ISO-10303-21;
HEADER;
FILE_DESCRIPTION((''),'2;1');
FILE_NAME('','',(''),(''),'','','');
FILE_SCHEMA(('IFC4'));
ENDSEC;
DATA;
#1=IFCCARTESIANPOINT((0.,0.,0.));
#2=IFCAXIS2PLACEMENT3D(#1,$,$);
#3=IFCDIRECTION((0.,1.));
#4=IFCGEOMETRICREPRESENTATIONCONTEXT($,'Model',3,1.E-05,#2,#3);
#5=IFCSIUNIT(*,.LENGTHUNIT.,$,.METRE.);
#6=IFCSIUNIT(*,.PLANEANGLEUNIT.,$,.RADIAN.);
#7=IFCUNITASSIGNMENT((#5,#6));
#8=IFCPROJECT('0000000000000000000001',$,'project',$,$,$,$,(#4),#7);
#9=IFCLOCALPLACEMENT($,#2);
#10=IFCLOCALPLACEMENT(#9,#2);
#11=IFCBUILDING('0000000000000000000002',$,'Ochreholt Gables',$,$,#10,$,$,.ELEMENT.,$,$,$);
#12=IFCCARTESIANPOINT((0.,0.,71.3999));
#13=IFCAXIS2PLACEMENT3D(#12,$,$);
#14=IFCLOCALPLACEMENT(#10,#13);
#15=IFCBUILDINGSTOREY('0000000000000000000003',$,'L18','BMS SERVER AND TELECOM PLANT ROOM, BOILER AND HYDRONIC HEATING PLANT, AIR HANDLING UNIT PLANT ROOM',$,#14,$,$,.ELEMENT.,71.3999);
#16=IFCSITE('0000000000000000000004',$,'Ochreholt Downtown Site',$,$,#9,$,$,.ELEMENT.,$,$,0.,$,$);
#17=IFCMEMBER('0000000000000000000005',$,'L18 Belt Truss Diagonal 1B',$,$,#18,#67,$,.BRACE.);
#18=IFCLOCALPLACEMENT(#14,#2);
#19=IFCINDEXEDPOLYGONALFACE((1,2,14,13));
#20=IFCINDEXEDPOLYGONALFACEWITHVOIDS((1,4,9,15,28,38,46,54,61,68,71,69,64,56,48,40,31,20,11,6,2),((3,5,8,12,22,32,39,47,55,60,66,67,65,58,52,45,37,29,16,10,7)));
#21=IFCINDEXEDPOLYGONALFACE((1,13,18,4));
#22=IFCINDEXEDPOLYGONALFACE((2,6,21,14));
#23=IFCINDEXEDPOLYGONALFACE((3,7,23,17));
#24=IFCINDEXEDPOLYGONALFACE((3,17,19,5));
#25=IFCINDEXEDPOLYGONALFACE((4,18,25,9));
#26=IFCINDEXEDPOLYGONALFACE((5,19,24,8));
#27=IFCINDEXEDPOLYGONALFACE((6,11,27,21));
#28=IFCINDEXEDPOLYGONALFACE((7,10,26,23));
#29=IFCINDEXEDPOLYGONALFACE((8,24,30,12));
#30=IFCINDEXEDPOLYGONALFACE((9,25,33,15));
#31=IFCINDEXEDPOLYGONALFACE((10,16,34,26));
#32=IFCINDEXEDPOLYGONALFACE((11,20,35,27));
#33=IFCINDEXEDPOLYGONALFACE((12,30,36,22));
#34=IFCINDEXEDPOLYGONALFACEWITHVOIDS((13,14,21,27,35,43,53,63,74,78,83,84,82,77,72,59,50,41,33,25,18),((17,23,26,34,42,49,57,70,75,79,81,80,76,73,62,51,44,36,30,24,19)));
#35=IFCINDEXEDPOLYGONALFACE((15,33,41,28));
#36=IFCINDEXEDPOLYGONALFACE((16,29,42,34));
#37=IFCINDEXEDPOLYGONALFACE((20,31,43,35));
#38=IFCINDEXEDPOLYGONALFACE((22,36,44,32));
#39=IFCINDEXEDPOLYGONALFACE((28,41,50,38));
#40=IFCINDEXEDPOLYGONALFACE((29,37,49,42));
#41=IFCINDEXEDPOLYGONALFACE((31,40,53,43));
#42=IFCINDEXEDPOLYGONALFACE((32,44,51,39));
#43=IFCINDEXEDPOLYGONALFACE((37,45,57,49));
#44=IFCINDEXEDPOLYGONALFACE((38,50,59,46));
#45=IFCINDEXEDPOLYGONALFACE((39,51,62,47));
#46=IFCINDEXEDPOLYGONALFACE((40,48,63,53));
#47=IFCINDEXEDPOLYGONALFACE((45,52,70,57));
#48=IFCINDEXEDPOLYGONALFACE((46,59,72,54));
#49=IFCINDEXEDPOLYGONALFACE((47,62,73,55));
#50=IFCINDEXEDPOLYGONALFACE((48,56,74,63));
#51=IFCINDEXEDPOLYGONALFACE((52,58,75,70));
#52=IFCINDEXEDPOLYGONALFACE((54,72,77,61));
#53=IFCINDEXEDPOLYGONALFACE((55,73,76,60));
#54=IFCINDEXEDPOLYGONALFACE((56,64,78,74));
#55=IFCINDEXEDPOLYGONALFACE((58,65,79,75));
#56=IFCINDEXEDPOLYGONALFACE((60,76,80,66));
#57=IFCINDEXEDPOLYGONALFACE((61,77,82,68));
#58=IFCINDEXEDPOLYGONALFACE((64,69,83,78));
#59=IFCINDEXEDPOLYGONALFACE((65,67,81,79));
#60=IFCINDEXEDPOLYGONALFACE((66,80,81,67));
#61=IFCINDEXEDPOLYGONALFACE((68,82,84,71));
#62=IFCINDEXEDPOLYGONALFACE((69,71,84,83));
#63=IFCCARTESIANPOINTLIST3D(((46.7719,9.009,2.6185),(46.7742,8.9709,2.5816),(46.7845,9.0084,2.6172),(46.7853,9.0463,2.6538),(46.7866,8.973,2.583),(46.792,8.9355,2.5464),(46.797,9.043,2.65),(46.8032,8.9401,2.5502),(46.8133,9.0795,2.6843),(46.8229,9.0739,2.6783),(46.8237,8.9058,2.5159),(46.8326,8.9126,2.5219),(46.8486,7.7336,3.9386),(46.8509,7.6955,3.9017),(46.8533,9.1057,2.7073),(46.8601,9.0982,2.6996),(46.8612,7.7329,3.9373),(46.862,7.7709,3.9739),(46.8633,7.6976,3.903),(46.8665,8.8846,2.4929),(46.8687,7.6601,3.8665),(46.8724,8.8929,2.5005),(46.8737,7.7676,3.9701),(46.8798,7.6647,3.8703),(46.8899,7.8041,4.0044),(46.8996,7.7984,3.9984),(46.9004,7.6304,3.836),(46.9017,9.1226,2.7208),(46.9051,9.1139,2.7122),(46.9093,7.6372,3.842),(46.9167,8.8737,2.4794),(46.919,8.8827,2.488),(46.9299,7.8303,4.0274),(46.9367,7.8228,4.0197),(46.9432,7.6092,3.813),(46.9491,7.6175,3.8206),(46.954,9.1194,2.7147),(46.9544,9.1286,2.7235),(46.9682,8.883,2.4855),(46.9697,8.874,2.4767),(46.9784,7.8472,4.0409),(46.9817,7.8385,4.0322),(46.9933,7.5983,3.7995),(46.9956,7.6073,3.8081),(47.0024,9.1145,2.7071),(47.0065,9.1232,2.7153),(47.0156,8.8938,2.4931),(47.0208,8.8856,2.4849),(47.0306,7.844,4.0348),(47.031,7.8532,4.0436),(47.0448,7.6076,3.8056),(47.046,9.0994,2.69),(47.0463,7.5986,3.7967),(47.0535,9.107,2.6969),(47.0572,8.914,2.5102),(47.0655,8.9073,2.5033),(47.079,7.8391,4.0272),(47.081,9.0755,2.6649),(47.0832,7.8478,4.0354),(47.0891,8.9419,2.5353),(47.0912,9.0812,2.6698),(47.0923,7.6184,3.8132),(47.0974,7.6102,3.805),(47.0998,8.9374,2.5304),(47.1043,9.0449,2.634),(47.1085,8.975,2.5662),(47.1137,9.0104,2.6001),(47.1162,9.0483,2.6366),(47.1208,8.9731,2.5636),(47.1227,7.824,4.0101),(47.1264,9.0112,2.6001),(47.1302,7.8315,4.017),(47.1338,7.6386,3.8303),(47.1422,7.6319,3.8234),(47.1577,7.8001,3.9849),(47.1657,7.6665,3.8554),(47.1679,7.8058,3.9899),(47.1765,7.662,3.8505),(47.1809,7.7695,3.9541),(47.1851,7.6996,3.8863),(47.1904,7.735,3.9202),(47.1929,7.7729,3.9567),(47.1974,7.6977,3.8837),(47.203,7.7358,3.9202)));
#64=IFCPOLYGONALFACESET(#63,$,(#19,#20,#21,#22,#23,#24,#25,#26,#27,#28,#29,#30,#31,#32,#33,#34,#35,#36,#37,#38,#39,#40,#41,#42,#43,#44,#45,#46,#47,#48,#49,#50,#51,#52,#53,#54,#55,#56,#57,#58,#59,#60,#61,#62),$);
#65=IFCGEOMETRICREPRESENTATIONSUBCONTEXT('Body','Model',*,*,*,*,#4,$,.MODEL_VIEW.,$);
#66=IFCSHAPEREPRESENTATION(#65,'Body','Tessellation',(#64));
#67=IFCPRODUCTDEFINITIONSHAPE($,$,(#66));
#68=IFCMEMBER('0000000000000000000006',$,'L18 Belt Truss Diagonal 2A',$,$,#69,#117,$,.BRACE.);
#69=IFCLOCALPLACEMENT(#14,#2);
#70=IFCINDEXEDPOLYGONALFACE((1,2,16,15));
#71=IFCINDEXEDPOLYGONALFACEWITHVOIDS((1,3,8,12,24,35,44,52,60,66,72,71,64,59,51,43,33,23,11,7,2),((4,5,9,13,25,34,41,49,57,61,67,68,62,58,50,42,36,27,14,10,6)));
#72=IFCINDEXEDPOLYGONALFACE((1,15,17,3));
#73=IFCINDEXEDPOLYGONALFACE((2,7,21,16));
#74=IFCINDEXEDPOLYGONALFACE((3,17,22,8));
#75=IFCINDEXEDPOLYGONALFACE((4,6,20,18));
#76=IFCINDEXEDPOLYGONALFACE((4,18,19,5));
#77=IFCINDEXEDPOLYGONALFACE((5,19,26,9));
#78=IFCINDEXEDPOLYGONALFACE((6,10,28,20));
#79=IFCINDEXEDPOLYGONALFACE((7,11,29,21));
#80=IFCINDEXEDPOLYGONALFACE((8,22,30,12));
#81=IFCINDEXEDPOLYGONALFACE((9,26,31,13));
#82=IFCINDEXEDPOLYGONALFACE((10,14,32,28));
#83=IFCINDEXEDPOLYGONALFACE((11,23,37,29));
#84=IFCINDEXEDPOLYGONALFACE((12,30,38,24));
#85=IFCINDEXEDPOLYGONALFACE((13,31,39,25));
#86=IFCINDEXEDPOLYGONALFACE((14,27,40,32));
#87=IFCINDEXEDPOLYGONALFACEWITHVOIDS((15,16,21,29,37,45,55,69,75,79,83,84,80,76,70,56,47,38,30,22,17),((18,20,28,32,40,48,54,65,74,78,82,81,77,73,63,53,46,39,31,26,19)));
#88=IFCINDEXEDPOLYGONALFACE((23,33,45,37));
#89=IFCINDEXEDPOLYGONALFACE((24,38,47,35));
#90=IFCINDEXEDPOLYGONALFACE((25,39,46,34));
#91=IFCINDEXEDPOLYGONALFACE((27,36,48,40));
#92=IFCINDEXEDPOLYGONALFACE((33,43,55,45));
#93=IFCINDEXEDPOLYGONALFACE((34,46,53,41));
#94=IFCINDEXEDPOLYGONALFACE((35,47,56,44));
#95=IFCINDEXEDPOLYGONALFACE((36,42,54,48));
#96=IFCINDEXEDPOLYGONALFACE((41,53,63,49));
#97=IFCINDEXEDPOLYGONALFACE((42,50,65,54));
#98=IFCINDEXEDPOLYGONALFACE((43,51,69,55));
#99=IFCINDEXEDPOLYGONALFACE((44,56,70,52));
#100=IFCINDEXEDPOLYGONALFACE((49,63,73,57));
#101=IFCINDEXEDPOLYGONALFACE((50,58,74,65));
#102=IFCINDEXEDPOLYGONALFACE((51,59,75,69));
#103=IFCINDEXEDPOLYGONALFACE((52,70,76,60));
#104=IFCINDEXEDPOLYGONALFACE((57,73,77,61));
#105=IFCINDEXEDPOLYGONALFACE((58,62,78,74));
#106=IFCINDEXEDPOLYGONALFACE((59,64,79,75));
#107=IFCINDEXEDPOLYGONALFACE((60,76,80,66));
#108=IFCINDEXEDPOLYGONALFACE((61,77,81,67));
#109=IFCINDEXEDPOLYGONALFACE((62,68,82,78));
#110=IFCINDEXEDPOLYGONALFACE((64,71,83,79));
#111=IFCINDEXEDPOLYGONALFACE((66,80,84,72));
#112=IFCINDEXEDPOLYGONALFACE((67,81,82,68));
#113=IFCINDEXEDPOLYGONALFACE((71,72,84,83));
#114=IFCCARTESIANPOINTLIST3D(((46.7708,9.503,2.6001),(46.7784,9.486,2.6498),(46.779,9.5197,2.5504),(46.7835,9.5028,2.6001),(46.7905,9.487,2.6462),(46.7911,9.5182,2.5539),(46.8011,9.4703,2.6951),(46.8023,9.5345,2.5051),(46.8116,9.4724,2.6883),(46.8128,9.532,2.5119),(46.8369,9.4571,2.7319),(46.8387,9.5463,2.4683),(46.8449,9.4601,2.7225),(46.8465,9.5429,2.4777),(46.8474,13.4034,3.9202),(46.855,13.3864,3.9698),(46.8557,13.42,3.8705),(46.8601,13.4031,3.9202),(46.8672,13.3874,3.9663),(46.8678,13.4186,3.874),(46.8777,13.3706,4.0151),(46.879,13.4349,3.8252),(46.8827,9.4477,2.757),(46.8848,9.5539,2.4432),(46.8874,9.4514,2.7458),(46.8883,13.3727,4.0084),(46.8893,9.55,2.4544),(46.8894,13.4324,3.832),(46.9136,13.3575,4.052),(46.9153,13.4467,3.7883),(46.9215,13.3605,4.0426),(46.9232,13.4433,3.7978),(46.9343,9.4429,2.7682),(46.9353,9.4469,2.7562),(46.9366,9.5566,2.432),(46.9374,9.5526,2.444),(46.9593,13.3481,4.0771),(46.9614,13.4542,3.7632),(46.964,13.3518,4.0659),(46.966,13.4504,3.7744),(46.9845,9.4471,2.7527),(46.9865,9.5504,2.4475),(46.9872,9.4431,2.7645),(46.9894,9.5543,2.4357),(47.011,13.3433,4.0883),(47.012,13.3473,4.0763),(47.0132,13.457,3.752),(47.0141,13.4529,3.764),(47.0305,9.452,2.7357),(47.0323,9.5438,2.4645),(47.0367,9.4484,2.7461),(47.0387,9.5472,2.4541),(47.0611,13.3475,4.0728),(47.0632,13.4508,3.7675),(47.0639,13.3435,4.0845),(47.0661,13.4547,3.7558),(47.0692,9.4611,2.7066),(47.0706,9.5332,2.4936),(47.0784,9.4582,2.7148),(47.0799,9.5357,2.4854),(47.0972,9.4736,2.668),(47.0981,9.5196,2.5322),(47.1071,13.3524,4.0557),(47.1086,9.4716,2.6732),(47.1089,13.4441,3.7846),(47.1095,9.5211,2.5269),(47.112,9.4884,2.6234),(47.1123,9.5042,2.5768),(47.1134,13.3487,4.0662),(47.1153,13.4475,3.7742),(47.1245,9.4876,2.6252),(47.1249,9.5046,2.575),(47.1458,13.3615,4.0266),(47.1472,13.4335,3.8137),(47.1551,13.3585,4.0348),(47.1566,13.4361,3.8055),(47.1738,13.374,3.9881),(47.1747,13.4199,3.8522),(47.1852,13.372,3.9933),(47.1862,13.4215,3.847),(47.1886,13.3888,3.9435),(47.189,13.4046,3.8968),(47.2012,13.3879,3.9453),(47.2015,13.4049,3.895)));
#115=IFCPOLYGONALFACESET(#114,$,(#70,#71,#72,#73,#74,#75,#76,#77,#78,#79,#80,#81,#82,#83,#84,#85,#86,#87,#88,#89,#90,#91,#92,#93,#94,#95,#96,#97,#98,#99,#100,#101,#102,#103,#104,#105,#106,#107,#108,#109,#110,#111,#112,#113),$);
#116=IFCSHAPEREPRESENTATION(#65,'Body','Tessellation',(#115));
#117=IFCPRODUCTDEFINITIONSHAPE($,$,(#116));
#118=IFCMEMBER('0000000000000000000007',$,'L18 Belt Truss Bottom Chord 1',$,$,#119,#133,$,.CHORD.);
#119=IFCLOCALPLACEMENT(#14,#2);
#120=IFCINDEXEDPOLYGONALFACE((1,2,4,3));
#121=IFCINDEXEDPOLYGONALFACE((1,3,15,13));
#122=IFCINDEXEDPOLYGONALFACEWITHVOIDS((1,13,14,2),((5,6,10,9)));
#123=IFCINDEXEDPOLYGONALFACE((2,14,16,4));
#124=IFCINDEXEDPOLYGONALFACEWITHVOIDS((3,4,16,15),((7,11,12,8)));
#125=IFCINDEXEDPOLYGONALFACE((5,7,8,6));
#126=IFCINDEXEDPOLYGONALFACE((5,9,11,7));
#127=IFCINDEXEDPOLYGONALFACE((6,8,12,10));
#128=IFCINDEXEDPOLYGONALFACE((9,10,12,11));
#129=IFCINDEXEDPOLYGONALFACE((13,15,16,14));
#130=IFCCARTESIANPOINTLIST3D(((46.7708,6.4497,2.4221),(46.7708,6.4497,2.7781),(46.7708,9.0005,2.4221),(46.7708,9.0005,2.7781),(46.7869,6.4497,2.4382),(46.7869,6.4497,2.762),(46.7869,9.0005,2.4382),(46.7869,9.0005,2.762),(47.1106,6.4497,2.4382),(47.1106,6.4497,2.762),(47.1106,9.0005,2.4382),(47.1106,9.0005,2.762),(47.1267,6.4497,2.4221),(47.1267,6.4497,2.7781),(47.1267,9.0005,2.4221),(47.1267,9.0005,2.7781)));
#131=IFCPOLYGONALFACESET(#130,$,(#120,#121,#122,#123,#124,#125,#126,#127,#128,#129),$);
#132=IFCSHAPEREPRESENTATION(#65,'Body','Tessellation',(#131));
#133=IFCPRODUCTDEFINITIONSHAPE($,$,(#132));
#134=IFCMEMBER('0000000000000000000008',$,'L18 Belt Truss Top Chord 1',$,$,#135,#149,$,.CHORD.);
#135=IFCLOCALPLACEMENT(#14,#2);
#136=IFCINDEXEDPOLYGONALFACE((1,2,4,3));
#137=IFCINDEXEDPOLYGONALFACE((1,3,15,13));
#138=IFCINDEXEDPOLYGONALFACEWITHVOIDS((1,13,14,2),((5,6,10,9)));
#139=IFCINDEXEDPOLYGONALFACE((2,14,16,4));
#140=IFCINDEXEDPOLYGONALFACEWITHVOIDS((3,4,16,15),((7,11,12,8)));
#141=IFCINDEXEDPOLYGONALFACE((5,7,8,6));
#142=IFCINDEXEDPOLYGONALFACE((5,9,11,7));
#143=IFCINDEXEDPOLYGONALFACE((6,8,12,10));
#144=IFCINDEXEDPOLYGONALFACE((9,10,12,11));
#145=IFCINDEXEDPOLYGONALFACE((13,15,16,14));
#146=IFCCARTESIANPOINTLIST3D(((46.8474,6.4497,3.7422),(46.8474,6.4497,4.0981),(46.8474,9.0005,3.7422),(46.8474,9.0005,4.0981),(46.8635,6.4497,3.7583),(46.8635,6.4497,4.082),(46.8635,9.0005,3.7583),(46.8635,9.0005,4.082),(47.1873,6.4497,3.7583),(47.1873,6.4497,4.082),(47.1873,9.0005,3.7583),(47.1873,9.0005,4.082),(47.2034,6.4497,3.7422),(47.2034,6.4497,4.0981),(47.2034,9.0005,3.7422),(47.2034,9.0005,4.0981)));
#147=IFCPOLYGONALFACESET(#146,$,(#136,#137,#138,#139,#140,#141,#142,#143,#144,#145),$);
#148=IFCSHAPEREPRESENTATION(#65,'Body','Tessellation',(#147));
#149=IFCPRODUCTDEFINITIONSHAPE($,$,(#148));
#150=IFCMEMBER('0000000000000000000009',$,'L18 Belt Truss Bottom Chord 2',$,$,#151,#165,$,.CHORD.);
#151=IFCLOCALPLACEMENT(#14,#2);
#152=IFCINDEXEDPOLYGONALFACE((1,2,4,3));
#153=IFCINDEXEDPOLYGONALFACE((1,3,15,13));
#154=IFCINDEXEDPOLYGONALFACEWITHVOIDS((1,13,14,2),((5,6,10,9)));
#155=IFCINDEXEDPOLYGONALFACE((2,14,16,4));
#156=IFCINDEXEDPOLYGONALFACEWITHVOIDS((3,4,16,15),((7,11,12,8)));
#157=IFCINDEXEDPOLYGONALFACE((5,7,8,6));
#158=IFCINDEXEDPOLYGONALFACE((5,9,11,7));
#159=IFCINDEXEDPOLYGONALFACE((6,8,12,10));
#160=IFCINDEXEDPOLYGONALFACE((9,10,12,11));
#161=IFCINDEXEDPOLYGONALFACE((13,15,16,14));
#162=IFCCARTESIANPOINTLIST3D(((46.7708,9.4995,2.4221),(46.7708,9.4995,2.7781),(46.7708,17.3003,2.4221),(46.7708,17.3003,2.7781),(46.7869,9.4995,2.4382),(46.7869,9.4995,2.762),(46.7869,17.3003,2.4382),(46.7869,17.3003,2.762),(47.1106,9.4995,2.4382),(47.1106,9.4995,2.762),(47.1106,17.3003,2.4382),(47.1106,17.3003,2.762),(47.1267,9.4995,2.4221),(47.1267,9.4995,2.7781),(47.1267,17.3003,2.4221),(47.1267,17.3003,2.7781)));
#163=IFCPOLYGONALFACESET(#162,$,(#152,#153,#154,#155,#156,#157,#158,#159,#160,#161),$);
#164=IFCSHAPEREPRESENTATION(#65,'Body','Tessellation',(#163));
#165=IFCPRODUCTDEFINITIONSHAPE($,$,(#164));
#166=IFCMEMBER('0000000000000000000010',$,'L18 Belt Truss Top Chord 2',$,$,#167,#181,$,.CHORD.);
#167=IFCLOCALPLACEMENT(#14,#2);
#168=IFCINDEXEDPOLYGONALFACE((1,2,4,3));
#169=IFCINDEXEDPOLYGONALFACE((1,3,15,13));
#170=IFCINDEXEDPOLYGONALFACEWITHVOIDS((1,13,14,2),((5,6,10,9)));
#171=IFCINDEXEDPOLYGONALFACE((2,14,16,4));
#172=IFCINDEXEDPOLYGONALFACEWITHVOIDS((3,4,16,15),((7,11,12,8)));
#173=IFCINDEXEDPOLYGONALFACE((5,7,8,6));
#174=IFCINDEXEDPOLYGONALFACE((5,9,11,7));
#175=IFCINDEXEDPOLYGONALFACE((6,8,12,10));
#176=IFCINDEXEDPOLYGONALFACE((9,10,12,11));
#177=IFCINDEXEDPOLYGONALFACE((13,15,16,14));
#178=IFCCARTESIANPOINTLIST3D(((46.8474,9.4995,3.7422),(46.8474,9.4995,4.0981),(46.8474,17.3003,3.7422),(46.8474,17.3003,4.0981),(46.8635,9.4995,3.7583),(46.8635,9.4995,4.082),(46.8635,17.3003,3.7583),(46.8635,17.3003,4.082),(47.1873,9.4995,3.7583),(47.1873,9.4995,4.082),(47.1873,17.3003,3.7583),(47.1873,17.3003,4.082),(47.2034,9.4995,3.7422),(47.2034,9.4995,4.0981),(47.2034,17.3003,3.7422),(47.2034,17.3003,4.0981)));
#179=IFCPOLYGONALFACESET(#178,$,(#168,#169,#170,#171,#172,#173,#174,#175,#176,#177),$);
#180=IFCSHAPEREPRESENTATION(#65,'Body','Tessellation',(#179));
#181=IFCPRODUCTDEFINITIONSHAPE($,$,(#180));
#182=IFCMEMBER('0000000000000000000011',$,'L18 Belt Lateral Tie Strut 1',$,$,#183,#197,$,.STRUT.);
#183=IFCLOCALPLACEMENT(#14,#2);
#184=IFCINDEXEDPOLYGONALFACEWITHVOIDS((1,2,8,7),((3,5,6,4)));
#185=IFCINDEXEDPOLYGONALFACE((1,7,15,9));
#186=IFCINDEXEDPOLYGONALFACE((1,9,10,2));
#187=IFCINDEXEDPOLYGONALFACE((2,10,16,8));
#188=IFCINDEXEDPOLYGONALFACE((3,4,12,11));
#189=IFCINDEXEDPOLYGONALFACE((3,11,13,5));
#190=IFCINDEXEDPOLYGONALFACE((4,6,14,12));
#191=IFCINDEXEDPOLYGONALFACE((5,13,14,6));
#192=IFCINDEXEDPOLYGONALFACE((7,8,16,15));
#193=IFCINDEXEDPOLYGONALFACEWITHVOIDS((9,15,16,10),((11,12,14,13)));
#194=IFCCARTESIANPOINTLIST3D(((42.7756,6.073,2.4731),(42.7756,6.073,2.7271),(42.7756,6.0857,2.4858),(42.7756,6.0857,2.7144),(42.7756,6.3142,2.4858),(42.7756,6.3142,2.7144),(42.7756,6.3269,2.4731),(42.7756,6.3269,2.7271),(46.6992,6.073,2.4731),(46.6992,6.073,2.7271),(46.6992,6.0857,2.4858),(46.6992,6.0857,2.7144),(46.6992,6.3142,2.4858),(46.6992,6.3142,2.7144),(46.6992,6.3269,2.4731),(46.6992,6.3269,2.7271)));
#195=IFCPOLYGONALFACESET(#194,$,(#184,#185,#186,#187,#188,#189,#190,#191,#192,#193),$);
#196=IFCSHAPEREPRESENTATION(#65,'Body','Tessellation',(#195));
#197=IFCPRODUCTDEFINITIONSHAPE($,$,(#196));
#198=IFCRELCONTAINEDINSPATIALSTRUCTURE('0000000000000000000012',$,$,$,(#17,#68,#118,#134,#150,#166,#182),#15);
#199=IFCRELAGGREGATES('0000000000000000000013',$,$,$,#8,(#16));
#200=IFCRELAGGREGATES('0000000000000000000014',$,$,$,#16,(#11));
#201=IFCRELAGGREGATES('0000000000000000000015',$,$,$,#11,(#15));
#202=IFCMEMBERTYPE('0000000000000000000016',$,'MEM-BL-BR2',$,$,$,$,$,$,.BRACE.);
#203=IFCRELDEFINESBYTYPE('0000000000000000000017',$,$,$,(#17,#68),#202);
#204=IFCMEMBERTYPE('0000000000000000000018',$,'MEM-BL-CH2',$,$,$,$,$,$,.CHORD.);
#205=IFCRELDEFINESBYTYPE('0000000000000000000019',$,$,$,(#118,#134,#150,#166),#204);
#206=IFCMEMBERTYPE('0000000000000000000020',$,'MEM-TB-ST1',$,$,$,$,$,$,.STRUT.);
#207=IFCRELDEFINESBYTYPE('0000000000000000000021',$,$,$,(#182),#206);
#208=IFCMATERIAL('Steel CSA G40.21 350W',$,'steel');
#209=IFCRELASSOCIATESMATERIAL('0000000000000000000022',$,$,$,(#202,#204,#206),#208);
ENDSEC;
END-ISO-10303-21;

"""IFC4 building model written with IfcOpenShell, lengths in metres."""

from ifc_helpers import new_model, si_unit, direction, frame, origin, origin_2d, place, context, subcontext, project, spatial, hollow_rectangle, hollow_circle, extrude, material, material_profile, profile_set, type_object, element, save


model = new_model("IFC4")

# Units and contexts
model_context = context("Model", 3, precision=1e-05, world=origin(), true_north=direction((0.0, 1.0)))
body_context = subcontext(model_context, "Body", "Model", "MODEL_VIEW")
ifc_project = project(units=[si_unit("LENGTHUNIT", "METRE"), si_unit("PLANEANGLEUNIT", "RADIAN")], contexts=[model_context])

# Site, building, storey
site_placement = place(None, origin())
site = spatial("IfcSite", under=ifc_project, at=site_placement, Name="Ochreholt Downtown Site", CompositionType="ELEMENT", RefElevation=0.0)
building_placement = place(site_placement, origin())
building = spatial("IfcBuilding", under=site, at=building_placement, Name="Ochreholt Gables", CompositionType="ELEMENT")
storey_placement = place(building_placement, frame((0.0, 0.0, 71.3999)))
storey = spatial("IfcBuildingStorey", under=building, at=storey_placement, Name="L18", Description="BMS SERVER AND TELECOM PLANT ROOM, BOILER AND HYDRONIC HEATING PLANT, AIR HANDLING UNIT PLANT ROOM", CompositionType="ELEMENT", Elevation=71.3999)

# Shared definitions
ifc_material_1 = material(Name="Steel CSA G40.21 350W", Category="steel")

# Members
ifc_material_profile_1 = material_profile(ifc_material_1, hollow_circle(Radius=0.178, WallThickness=0.0127, at=origin_2d()), Name="CHS356X13")
ifc_profile_set_1 = profile_set([ifc_material_profile_1], Name="Steel CSA G40.21 350W")
member_type_1 = type_object("IfcMemberType", Name="MEM-BL-BR2", PredefinedType="BRACE", material=ifc_profile_set_1)
for number, where, z_axis, x_axis, name in (
    (1, (46.9487, 9.0005, 2.6001), (0.041728, -0.694227, 0.718546), (0.998198, 0.059999, 0.0), "L18 Belt Truss Diagonal 1B"),
):
    element("IfcMember", number, at=place(storey_placement, frame(where, z_axis=z_axis, x_axis=x_axis)), inside=storey, type_object=member_type_1, Name=name, PredefinedType="BRACE", context=body_context, shape_type="SweptSolid", body=[
        extrude(hollow_circle(Radius=0.178, WallThickness=0.0127, at=origin_2d()), origin(), (0.0, 0.0, 1.0), 1.8372),
    ])
member_placement = place(storey_placement, frame((46.9487, 9.4995, 2.6001), z_axis=(0.018614, 0.947057, 0.320527), x_axis=(-0.999807, 0.019651, 0.0)))
element("IfcMember", 2, at=member_placement, inside=storey, type_object=member_type_1, Name="L18 Belt Truss Diagonal 2A", PredefinedType="BRACE", context=body_context, shape_type="SweptSolid", body=[
    extrude(hollow_circle(Radius=0.178, WallThickness=0.0127, at=origin_2d()), origin(), (0.0, 0.0, 1.0), 4.1184),
])
ifc_material_profile_2 = material_profile(ifc_material_1, hollow_rectangle(XDim=0.356, YDim=0.356, WallThickness=0.0161, at=origin_2d()), Name="HSS356X356X16")
ifc_profile_set_2 = profile_set([ifc_material_profile_2], Name="Steel CSA G40.21 350W")
member_type_2 = type_object("IfcMemberType", Name="MEM-BL-CH2", PredefinedType="CHORD", material=ifc_profile_set_2)
for number, where, z_axis, x_axis, name in (
    (3, (46.9487, 6.4497, 2.6001), (0.0, 1.0, 0.0), (-1.0, 0.0, 0.0), "L18 Belt Truss Bottom Chord 1"),
    (4, (47.0254, 6.4497, 3.9202), (0.0, 1.0, 0.0), (-1.0, 0.0, 0.0), "L18 Belt Truss Top Chord 1"),
):
    element("IfcMember", number, at=place(storey_placement, frame(where, z_axis=z_axis, x_axis=x_axis)), inside=storey, type_object=member_type_2, Name=name, PredefinedType="CHORD", context=body_context, shape_type="SweptSolid", body=[
        extrude(hollow_rectangle(XDim=0.356, YDim=0.356, WallThickness=0.0161, at=origin_2d()), origin(), (0.0, 0.0, 1.0), 2.5508),
    ])
for number, where, z_axis, x_axis, name in (
    (5, (46.9487, 9.4995, 2.6001), (0.0, 1.0, 0.0), (-1.0, 0.0, 0.0), "L18 Belt Truss Bottom Chord 2"),
    (6, (47.0254, 9.4995, 3.9202), (0.0, 1.0, 0.0), (-1.0, 0.0, 0.0), "L18 Belt Truss Top Chord 2"),
):
    element("IfcMember", number, at=place(storey_placement, frame(where, z_axis=z_axis, x_axis=x_axis)), inside=storey, type_object=member_type_2, Name=name, PredefinedType="CHORD", context=body_context, shape_type="SweptSolid", body=[
        extrude(hollow_rectangle(XDim=0.356, YDim=0.356, WallThickness=0.0161, at=origin_2d()), origin(), (0.0, 0.0, 1.0), 7.8008),
    ])
ifc_material_profile_3 = material_profile(ifc_material_1, hollow_rectangle(XDim=0.2539, YDim=0.2539, WallThickness=0.0127, at=origin_2d()), Name="HSS254X254X13")
ifc_profile_set_3 = profile_set([ifc_material_profile_3], Name="Steel CSA G40.21 350W")
member_type_3 = type_object("IfcMemberType", Name="MEM-TB-ST1", PredefinedType="STRUT", material=ifc_profile_set_3)
for number, where, z_axis, x_axis, name in (
    (7, (42.7756, 6.2, 2.6001), (1.0, 0.0, 0.0), (0.0, 1.0, 0.0), "L18 Belt Lateral Tie Strut 1"),
):
    element("IfcMember", number, at=place(storey_placement, frame(where, z_axis=z_axis, x_axis=x_axis)), inside=storey, type_object=member_type_3, Name=name, PredefinedType="STRUT", context=body_context, shape_type="SweptSolid", body=[
        extrude(hollow_rectangle(XDim=0.2539, YDim=0.2539, WallThickness=0.0127, at=origin_2d()), origin(), (0.0, 0.0, 1.0), 3.9236),
    ])

save(model, "model.ifc")
